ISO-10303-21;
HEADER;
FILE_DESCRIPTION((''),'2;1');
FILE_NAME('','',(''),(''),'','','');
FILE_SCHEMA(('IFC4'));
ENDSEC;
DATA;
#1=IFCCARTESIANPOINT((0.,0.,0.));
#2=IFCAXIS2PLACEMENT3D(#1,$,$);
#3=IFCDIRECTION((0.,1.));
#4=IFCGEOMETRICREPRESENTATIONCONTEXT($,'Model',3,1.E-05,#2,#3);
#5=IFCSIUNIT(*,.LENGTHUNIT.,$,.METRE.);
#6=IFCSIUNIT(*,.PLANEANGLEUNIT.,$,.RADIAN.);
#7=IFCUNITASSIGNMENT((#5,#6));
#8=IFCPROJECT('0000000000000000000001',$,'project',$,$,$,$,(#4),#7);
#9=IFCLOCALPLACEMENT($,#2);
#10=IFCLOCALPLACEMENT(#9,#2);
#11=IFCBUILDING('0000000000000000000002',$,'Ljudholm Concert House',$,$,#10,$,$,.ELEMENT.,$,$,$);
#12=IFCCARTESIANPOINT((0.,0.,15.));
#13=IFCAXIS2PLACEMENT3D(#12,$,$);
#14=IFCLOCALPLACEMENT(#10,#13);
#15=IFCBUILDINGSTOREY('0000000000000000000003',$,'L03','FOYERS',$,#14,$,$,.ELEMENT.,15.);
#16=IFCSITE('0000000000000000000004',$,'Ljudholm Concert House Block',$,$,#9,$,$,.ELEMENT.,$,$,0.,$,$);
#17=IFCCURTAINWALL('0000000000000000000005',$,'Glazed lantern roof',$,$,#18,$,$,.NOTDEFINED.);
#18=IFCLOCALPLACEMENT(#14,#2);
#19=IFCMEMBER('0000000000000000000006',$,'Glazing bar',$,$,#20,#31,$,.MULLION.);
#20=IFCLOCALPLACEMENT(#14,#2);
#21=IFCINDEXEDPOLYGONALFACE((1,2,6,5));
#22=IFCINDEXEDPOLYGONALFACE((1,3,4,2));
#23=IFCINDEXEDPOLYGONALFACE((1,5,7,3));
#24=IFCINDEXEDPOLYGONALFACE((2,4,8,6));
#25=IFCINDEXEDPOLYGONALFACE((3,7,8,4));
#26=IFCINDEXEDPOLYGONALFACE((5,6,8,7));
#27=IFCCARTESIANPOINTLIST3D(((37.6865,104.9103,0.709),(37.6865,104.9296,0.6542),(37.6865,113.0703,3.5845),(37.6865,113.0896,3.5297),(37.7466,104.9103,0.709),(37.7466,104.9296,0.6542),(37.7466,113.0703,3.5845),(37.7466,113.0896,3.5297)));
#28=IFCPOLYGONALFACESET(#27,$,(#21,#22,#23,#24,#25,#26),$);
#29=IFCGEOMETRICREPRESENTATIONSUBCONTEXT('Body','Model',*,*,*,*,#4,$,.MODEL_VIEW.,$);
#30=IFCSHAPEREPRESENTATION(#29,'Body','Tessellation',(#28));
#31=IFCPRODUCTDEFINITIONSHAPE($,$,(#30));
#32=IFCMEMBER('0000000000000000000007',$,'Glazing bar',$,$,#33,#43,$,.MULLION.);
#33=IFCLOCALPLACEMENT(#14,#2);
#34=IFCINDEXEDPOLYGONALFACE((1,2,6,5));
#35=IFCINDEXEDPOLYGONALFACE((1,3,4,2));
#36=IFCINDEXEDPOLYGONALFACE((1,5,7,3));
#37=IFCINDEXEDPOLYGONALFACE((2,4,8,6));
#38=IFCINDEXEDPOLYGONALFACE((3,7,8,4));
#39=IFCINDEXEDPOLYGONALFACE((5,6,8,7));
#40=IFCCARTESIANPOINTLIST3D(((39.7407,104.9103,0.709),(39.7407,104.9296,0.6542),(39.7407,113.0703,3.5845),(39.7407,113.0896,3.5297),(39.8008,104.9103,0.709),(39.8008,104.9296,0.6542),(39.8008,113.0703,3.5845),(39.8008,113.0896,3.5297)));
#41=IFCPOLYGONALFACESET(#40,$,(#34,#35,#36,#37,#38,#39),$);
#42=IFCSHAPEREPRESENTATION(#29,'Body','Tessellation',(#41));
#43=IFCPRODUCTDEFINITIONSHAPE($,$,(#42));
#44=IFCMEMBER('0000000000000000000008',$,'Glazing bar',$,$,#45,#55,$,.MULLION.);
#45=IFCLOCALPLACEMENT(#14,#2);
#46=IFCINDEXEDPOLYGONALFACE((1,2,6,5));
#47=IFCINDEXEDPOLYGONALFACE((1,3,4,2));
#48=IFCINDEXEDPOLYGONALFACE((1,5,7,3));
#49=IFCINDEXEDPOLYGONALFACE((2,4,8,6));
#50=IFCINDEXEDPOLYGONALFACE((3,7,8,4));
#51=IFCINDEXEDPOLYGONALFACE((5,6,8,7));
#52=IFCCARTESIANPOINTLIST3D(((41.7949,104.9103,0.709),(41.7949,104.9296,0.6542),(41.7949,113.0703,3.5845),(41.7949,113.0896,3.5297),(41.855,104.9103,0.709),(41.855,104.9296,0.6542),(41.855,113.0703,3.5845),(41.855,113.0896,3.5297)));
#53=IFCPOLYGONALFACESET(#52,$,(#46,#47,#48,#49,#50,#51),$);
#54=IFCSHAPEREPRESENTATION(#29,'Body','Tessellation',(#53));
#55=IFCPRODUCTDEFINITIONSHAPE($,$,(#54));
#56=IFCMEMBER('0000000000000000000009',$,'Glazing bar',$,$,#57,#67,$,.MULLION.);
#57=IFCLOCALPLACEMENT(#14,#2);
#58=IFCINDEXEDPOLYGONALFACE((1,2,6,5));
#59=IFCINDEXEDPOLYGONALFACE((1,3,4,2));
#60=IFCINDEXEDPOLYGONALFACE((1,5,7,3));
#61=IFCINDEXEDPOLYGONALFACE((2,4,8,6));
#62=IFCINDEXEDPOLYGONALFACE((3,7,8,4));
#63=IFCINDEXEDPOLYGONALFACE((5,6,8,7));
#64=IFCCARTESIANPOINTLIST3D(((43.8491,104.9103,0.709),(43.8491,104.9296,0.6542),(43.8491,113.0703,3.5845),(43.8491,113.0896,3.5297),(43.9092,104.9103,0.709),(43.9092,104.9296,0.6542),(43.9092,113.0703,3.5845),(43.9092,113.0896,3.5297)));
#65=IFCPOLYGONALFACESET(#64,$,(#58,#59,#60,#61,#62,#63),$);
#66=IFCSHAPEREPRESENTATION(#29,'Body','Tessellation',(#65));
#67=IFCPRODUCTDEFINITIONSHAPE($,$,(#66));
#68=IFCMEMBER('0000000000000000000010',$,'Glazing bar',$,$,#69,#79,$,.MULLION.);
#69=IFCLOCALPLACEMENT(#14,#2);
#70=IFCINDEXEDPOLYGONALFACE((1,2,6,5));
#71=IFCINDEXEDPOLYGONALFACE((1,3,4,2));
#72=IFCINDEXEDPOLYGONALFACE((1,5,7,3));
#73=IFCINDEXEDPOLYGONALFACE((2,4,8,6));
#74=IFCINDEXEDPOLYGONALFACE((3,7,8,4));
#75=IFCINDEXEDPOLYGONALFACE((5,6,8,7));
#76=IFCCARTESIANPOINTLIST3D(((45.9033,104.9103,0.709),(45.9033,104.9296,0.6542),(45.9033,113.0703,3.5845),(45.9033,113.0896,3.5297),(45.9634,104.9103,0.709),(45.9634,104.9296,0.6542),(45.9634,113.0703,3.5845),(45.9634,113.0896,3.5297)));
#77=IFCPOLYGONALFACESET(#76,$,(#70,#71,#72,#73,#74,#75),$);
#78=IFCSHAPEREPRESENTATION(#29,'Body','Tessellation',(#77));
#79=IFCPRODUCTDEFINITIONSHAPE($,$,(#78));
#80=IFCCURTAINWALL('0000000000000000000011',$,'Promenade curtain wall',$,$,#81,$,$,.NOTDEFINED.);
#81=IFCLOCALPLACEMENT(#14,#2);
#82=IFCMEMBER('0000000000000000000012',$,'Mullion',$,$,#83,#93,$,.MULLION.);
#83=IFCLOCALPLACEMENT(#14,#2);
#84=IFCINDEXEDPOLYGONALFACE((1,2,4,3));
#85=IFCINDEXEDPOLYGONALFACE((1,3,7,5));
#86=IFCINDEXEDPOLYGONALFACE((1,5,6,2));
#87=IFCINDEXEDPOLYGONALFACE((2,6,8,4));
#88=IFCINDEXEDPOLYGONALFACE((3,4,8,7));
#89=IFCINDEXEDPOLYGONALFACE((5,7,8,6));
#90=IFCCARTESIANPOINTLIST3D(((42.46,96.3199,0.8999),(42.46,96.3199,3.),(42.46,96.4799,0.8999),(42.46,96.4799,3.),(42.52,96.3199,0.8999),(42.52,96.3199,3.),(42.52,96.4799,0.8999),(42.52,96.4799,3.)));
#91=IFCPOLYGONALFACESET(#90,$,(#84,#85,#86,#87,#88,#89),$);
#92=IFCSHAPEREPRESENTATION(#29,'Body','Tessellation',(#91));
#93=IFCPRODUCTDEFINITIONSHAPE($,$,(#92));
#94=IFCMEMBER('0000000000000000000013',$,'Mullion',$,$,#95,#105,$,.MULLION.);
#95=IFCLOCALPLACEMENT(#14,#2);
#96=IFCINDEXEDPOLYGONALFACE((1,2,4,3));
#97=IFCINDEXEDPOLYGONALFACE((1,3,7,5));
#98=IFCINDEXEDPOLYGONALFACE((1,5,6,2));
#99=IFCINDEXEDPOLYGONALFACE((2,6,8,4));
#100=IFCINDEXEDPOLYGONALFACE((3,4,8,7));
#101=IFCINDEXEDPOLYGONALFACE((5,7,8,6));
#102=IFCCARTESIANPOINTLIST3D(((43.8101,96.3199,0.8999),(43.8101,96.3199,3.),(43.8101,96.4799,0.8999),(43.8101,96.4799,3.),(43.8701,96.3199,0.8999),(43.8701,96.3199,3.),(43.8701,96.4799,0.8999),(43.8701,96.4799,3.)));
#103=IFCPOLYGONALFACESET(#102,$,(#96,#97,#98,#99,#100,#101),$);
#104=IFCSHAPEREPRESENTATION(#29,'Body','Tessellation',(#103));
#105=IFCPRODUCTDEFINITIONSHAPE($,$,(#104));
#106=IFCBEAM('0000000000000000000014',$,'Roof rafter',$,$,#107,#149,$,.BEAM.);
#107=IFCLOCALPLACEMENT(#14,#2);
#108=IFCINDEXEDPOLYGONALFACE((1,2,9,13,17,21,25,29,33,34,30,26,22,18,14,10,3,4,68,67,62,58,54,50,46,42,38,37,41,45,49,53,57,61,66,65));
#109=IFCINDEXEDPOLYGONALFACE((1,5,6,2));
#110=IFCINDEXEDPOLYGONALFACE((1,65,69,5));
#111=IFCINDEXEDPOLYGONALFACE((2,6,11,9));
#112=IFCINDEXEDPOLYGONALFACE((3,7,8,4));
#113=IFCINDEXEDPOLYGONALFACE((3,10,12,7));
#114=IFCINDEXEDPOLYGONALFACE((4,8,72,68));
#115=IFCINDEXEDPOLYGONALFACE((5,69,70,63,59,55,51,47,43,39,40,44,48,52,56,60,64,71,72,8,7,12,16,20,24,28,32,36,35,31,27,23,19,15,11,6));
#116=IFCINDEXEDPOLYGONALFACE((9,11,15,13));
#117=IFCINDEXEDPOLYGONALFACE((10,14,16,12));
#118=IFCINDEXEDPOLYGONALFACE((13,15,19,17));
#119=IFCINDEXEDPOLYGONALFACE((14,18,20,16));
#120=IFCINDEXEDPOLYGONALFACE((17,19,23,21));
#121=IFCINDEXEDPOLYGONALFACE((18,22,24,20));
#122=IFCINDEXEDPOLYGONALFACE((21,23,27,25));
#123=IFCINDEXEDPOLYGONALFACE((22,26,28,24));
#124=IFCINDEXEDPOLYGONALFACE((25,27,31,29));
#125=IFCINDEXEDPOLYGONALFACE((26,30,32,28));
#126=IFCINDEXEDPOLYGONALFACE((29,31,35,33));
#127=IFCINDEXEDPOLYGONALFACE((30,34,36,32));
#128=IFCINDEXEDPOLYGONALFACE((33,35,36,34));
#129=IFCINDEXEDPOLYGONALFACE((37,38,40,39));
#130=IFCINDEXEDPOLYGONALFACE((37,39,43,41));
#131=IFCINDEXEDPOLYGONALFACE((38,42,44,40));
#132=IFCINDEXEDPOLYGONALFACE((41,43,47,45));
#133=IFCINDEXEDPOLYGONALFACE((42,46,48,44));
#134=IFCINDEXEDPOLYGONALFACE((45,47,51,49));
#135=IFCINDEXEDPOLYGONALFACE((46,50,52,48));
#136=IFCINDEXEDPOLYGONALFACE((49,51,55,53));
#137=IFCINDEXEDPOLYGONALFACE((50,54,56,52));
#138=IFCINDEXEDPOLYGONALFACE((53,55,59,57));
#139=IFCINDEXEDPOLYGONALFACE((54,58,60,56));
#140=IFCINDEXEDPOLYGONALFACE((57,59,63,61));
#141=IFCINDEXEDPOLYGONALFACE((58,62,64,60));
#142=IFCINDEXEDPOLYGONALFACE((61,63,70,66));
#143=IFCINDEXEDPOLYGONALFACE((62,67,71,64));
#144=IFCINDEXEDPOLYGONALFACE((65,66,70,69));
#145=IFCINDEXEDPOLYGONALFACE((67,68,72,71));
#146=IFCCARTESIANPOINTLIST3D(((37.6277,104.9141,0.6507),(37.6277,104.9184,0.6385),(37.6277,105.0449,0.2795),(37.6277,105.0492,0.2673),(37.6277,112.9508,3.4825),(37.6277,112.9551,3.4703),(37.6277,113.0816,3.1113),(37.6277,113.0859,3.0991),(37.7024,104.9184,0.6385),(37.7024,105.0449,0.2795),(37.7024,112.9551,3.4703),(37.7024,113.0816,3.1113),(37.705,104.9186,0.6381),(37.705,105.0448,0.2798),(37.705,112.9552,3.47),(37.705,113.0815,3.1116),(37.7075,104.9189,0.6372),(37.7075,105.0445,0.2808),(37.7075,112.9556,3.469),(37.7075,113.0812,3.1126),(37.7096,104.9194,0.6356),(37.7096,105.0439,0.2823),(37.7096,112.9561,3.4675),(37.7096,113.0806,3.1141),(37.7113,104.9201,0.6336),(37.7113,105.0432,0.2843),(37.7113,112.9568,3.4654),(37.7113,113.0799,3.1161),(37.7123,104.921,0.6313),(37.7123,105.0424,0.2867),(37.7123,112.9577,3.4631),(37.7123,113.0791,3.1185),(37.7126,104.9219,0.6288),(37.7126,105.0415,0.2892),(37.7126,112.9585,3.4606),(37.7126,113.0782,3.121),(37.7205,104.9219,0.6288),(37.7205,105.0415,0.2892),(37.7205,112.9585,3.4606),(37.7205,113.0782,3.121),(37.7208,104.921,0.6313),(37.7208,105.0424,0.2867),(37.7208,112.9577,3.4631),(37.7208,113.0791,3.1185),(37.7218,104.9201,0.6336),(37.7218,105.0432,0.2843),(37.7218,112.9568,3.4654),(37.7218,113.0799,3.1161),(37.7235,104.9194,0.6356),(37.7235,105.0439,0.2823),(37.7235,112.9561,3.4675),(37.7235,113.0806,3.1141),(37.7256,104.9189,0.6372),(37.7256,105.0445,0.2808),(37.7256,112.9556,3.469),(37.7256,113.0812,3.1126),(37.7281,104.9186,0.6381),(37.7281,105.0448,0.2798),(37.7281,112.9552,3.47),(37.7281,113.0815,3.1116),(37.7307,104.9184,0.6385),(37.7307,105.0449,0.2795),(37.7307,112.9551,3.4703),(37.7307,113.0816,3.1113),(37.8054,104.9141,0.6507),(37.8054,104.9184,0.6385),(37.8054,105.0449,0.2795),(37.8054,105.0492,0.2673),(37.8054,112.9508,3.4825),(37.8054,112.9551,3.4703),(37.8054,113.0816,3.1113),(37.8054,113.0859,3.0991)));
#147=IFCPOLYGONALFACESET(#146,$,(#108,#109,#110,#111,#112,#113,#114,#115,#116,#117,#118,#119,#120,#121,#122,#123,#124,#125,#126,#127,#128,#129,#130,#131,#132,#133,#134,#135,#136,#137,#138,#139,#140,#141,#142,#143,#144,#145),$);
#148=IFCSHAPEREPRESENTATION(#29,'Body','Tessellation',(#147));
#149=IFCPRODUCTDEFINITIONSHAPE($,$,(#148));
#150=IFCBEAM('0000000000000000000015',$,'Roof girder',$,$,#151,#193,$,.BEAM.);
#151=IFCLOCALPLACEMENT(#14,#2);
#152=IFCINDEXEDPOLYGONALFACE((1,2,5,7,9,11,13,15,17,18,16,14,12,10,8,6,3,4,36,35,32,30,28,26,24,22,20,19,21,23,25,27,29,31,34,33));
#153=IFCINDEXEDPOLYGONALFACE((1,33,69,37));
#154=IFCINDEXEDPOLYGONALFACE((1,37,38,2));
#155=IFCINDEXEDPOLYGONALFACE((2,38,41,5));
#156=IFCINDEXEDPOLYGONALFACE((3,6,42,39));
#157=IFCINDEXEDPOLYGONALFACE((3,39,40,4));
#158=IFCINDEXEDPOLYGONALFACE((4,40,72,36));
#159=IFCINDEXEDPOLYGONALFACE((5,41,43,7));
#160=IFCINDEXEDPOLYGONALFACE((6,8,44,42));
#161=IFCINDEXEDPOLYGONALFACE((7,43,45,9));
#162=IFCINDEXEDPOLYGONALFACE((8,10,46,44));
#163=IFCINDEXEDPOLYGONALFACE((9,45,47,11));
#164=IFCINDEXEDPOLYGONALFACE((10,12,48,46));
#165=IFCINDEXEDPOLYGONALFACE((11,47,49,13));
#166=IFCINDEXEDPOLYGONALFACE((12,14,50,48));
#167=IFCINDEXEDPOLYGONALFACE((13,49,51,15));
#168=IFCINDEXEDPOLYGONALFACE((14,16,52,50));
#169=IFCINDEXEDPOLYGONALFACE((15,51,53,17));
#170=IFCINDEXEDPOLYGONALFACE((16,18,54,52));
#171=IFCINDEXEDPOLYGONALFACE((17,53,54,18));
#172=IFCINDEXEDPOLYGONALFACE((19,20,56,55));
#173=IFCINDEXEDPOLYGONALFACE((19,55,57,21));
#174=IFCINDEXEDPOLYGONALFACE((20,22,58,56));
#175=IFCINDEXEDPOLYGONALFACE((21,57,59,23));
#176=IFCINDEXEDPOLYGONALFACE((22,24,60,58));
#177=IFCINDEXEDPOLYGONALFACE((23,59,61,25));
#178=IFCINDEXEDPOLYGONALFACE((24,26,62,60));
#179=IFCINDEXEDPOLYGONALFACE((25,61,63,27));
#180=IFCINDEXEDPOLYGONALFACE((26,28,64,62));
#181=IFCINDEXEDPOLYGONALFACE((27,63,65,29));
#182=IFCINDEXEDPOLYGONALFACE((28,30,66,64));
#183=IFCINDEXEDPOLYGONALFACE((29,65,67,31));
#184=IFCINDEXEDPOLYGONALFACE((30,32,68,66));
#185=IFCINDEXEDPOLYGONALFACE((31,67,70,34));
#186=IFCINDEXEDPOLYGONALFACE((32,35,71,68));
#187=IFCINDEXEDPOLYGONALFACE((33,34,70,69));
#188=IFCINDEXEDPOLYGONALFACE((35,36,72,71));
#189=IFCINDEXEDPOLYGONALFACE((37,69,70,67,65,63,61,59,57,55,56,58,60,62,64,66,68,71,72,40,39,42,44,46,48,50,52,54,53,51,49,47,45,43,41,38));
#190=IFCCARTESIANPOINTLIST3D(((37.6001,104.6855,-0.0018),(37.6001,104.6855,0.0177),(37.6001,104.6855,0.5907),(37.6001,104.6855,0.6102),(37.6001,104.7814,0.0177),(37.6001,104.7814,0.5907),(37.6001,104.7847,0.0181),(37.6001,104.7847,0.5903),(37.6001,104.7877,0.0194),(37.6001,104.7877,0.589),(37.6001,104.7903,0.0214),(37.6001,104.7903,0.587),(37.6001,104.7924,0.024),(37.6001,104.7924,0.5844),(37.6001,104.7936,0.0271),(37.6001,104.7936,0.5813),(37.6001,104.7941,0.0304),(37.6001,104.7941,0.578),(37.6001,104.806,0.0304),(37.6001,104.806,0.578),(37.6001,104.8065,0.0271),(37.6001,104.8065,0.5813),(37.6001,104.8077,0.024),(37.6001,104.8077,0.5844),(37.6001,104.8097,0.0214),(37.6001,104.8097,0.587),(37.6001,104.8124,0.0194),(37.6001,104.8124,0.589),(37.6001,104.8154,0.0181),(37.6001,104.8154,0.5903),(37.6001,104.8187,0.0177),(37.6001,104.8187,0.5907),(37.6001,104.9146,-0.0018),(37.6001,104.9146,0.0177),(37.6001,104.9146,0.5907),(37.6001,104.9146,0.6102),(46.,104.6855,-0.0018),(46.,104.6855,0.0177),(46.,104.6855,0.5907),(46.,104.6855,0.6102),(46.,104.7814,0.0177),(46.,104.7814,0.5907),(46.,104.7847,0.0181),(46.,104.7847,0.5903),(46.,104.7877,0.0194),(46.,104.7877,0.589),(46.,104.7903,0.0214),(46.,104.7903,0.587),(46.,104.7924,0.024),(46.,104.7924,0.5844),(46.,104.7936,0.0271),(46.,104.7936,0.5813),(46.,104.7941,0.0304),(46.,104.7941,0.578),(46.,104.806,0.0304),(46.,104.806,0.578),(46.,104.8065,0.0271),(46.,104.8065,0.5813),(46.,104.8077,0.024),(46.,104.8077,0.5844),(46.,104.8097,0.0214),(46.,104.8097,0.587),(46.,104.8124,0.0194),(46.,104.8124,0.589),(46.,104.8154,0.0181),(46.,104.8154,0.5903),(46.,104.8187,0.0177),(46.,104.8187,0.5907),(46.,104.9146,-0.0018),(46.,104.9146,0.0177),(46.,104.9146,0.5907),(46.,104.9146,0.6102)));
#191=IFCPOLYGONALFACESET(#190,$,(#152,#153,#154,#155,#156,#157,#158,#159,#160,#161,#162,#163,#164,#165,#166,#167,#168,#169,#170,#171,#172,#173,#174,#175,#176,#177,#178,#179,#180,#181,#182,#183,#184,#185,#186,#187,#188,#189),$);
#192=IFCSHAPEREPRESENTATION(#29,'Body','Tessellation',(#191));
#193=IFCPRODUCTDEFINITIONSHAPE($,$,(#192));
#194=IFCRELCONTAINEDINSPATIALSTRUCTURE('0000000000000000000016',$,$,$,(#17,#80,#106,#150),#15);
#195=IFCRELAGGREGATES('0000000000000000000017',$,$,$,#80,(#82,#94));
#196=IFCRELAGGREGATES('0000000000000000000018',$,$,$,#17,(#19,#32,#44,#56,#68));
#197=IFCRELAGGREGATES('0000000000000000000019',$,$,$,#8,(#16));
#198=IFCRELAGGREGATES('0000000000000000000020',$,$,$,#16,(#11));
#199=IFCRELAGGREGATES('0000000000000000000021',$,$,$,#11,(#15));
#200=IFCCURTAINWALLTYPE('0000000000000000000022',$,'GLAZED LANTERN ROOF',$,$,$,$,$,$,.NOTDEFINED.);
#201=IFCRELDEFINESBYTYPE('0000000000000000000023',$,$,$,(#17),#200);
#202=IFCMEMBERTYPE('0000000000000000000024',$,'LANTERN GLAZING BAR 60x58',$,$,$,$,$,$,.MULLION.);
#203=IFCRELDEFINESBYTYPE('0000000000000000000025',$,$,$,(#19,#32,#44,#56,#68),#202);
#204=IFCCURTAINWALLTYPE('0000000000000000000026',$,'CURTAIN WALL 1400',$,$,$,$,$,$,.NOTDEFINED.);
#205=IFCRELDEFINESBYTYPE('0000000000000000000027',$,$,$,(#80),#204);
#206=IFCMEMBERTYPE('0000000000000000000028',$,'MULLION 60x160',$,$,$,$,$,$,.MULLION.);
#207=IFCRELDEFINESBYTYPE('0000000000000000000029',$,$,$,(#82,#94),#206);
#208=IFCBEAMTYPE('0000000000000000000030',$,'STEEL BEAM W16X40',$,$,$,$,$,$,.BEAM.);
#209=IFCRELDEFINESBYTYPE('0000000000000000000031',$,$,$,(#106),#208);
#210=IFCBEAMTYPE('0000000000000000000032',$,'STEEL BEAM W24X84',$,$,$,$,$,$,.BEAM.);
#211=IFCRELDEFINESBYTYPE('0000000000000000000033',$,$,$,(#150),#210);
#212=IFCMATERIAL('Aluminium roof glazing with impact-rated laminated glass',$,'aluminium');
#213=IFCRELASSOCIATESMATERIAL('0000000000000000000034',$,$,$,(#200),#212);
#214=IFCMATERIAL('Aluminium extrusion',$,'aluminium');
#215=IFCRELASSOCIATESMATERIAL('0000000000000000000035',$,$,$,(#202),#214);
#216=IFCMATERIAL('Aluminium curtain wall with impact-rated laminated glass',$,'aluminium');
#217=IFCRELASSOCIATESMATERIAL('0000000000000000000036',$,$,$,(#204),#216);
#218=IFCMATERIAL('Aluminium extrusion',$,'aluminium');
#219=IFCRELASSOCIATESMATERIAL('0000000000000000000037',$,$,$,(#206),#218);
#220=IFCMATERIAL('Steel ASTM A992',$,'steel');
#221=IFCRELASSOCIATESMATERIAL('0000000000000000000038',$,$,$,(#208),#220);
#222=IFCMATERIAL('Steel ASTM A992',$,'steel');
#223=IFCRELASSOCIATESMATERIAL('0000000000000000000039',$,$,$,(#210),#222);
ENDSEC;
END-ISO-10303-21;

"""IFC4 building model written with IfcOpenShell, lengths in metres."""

from ifc_helpers import new_model, si_unit, direction, frame, origin, origin_2d, place, context, subcontext, project, spatial, rectangle, i_section, extrude, material, material_profile, profile_set, type_object, element, aggregate, save


model = new_model("IFC4")

# Units and contexts
model_context = context("Model", 3, precision=1e-05, world=origin(), true_north=direction((0.0, 1.0)))
body_context = subcontext(model_context, "Body", "Model", "MODEL_VIEW")
ifc_project = project(units=[si_unit("LENGTHUNIT", "METRE"), si_unit("PLANEANGLEUNIT", "RADIAN")], contexts=[model_context])

# Site, building, storey
site_placement = place(None, origin())
site = spatial("IfcSite", under=ifc_project, at=site_placement, Name="Ljudholm Concert House Block", CompositionType="ELEMENT", RefElevation=0.0)
building_placement = place(site_placement, origin())
building = spatial("IfcBuilding", under=site, at=building_placement, Name="Ljudholm Concert House", CompositionType="ELEMENT")
storey_placement = place(building_placement, frame((0.0, 0.0, 15.0)))
storey = spatial("IfcBuildingStorey", under=building, at=storey_placement, Name="L03", Description="FOYERS", CompositionType="ELEMENT", Elevation=15.0)

# Curtain walls, members
ifc_material_1 = material(Name="Aluminium roof glazing with impact-rated laminated glass", Category="aluminium")
curtain_wall_type_1 = type_object("IfcCurtainWallType", Name="GLAZED LANTERN ROOF", PredefinedType="NOTDEFINED", material=ifc_material_1)
curtain_wall_1_placement = place(storey_placement, origin())
curtain_wall_1 = element("IfcCurtainWall", 1, at=curtain_wall_1_placement, inside=storey, type_object=curtain_wall_type_1, Name="Glazed lantern roof", PredefinedType="NOTDEFINED")
ifc_material_2 = material(Name="Aluminium extrusion", Category="aluminium")
ifc_material_profile_1 = material_profile(ifc_material_2, rectangle(XDim=0.0601, YDim=0.0581, at=origin_2d()), Name="LANTERN GLAZING BAR 60x58")
ifc_profile_set_1 = profile_set([ifc_material_profile_1], Name="Aluminium extrusion")
member_type_1 = type_object("IfcMemberType", Name="LANTERN GLAZING BAR 60x58", PredefinedType="MULLION", material=ifc_profile_set_1)
member_1_placement = place(storey_placement, frame((37.7166, 104.9199, 0.6816), z_axis=(0.0, 0.943156, 0.332351), x_axis=(-1.0, 0.0, 0.0)))
member_1 = element("IfcMember", 2, at=member_1_placement, type_object=member_type_1, Name="Glazing bar", PredefinedType="MULLION", context=body_context, shape_type="SweptSolid", body=[
    extrude(rectangle(XDim=0.0601, YDim=0.0581, at=origin_2d()), origin(), (0.0, 0.0, 1.0), 8.6519),
])
member_2_placement = place(storey_placement, frame((39.7708, 104.9199, 0.6816), z_axis=(0.0, 0.943156, 0.332351), x_axis=(-1.0, 0.0, 0.0)))
member_2 = element("IfcMember", 3, at=member_2_placement, type_object=member_type_1, Name="Glazing bar", PredefinedType="MULLION", context=body_context, shape_type="SweptSolid", body=[
    extrude(rectangle(XDim=0.0601, YDim=0.0581, at=origin_2d()), origin(), (0.0, 0.0, 1.0), 8.6519),
])
member_3_placement = place(storey_placement, frame((41.825, 104.9199, 0.6816), z_axis=(0.0, 0.943156, 0.332351), x_axis=(-1.0, 0.0, 0.0)))
member_3 = element("IfcMember", 4, at=member_3_placement, type_object=member_type_1, Name="Glazing bar", PredefinedType="MULLION", context=body_context, shape_type="SweptSolid", body=[
    extrude(rectangle(XDim=0.0601, YDim=0.0581, at=origin_2d()), origin(), (0.0, 0.0, 1.0), 8.6519),
])
member_4_placement = place(storey_placement, frame((43.8792, 104.9199, 0.6816), z_axis=(0.0, 0.943156, 0.332351), x_axis=(-1.0, 0.0, 0.0)))
member_4 = element("IfcMember", 5, at=member_4_placement, type_object=member_type_1, Name="Glazing bar", PredefinedType="MULLION", context=body_context, shape_type="SweptSolid", body=[
    extrude(rectangle(XDim=0.0601, YDim=0.0581, at=origin_2d()), origin(), (0.0, 0.0, 1.0), 8.6519),
])
member_5_placement = place(storey_placement, frame((45.9333, 104.9199, 0.6816), z_axis=(0.0, 0.943156, 0.332351), x_axis=(-1.0, 0.0, 0.0)))
member_5 = element("IfcMember", 6, at=member_5_placement, type_object=member_type_1, Name="Glazing bar", PredefinedType="MULLION", context=body_context, shape_type="SweptSolid", body=[
    extrude(rectangle(XDim=0.0601, YDim=0.0581, at=origin_2d()), origin(), (0.0, 0.0, 1.0), 8.6519),
])
ifc_material_3 = material(Name="Aluminium curtain wall with impact-rated laminated glass", Category="aluminium")
curtain_wall_type_2 = type_object("IfcCurtainWallType", Name="CURTAIN WALL 1400", PredefinedType="NOTDEFINED", material=ifc_material_3)
curtain_wall_2_placement = place(storey_placement, origin())
curtain_wall_2 = element("IfcCurtainWall", 7, at=curtain_wall_2_placement, inside=storey, type_object=curtain_wall_type_2, Name="Promenade curtain wall", PredefinedType="NOTDEFINED")
ifc_material_4 = material(Name="Aluminium extrusion", Category="aluminium")
ifc_material_profile_2 = material_profile(ifc_material_4, rectangle(XDim=0.1599, YDim=0.0601, at=origin_2d()), Name="MULLION 60x160")
ifc_profile_set_2 = profile_set([ifc_material_profile_2], Name="Aluminium extrusion")
member_type_2 = type_object("IfcMemberType", Name="MULLION 60x160", PredefinedType="MULLION", material=ifc_profile_set_2)
member_6_placement = place(storey_placement, frame((42.49, 96.3999, 0.8999), z_axis=(0.0, 0.0, 1.0), x_axis=(0.0, 1.0, 0.0)))
member_6 = element("IfcMember", 8, at=member_6_placement, type_object=member_type_2, Name="Mullion", PredefinedType="MULLION", context=body_context, shape_type="SweptSolid", body=[
    extrude(rectangle(XDim=0.1599, YDim=0.0601, at=origin_2d()), origin(), (0.0, 0.0, 1.0), 2.1001),
])
member_7_placement = place(storey_placement, frame((43.8401, 96.3999, 0.8999), z_axis=(0.0, 0.0, 1.0), x_axis=(0.0, 1.0, 0.0)))
member_7 = element("IfcMember", 9, at=member_7_placement, type_object=member_type_2, Name="Mullion", PredefinedType="MULLION", context=body_context, shape_type="SweptSolid", body=[
    extrude(rectangle(XDim=0.1599, YDim=0.0601, at=origin_2d()), origin(), (0.0, 0.0, 1.0), 2.1001),
])

# Beams
ifc_material_5 = material(Name="Steel ASTM A992", Category="steel")
ifc_material_profile_3 = material_profile(ifc_material_5, i_section(OverallWidth=0.1777, OverallDepth=0.4065, WebThickness=0.0078, FlangeThickness=0.0129, FilletRadius=0.0103, at=origin_2d()), Name="W16X40")
ifc_profile_set_3 = profile_set([ifc_material_profile_3], Name="Steel ASTM A992")
beam_type_1 = type_object("IfcBeamType", Name="STEEL BEAM W16X40", PredefinedType="BEAM", material=ifc_profile_set_3)
beam_1_placement = place(storey_placement, frame((37.7166, 104.9817, 0.459), z_axis=(0.0, 0.943162, 0.332333), x_axis=(-1.0, 0.0, 0.0)))
element("IfcBeam", 10, at=beam_1_placement, inside=storey, type_object=beam_type_1, Name="Roof rafter", PredefinedType="BEAM", context=body_context, shape_type="SweptSolid", body=[
    extrude(i_section(OverallWidth=0.1777, OverallDepth=0.4065, WebThickness=0.0078, FlangeThickness=0.0129, FilletRadius=0.0103, at=origin_2d()), origin(), (0.0, 0.0, 1.0), 8.521),
])
ifc_material_6 = material(Name="Steel ASTM A992", Category="steel")
ifc_material_profile_4 = material_profile(ifc_material_6, i_section(OverallWidth=0.229, OverallDepth=0.6121, WebThickness=0.012, FlangeThickness=0.0195, FilletRadius=0.0127, at=origin_2d()), Name="W24X84")
ifc_profile_set_4 = profile_set([ifc_material_profile_4], Name="Steel ASTM A992")
beam_type_2 = type_object("IfcBeamType", Name="STEEL BEAM W24X84", PredefinedType="BEAM", material=ifc_profile_set_4)
beam_2_placement = place(storey_placement, frame((37.6001, 104.8, 0.3042), z_axis=(1.0, 0.0, 0.0), x_axis=(0.0, 1.0, 0.0)))
element("IfcBeam", 11, at=beam_2_placement, inside=storey, type_object=beam_type_2, Name="Roof girder", PredefinedType="BEAM", context=body_context, shape_type="SweptSolid", body=[
    extrude(i_section(OverallWidth=0.229, OverallDepth=0.6121, WebThickness=0.012, FlangeThickness=0.0195, FilletRadius=0.0127, at=origin_2d()), origin(), (0.0, 0.0, 1.0), 8.3999),
])

aggregate(curtain_wall_2, [member_6, member_7])
aggregate(curtain_wall_1, [member_1, member_2, member_3, member_4, member_5])

save(model, "model.ifc")
